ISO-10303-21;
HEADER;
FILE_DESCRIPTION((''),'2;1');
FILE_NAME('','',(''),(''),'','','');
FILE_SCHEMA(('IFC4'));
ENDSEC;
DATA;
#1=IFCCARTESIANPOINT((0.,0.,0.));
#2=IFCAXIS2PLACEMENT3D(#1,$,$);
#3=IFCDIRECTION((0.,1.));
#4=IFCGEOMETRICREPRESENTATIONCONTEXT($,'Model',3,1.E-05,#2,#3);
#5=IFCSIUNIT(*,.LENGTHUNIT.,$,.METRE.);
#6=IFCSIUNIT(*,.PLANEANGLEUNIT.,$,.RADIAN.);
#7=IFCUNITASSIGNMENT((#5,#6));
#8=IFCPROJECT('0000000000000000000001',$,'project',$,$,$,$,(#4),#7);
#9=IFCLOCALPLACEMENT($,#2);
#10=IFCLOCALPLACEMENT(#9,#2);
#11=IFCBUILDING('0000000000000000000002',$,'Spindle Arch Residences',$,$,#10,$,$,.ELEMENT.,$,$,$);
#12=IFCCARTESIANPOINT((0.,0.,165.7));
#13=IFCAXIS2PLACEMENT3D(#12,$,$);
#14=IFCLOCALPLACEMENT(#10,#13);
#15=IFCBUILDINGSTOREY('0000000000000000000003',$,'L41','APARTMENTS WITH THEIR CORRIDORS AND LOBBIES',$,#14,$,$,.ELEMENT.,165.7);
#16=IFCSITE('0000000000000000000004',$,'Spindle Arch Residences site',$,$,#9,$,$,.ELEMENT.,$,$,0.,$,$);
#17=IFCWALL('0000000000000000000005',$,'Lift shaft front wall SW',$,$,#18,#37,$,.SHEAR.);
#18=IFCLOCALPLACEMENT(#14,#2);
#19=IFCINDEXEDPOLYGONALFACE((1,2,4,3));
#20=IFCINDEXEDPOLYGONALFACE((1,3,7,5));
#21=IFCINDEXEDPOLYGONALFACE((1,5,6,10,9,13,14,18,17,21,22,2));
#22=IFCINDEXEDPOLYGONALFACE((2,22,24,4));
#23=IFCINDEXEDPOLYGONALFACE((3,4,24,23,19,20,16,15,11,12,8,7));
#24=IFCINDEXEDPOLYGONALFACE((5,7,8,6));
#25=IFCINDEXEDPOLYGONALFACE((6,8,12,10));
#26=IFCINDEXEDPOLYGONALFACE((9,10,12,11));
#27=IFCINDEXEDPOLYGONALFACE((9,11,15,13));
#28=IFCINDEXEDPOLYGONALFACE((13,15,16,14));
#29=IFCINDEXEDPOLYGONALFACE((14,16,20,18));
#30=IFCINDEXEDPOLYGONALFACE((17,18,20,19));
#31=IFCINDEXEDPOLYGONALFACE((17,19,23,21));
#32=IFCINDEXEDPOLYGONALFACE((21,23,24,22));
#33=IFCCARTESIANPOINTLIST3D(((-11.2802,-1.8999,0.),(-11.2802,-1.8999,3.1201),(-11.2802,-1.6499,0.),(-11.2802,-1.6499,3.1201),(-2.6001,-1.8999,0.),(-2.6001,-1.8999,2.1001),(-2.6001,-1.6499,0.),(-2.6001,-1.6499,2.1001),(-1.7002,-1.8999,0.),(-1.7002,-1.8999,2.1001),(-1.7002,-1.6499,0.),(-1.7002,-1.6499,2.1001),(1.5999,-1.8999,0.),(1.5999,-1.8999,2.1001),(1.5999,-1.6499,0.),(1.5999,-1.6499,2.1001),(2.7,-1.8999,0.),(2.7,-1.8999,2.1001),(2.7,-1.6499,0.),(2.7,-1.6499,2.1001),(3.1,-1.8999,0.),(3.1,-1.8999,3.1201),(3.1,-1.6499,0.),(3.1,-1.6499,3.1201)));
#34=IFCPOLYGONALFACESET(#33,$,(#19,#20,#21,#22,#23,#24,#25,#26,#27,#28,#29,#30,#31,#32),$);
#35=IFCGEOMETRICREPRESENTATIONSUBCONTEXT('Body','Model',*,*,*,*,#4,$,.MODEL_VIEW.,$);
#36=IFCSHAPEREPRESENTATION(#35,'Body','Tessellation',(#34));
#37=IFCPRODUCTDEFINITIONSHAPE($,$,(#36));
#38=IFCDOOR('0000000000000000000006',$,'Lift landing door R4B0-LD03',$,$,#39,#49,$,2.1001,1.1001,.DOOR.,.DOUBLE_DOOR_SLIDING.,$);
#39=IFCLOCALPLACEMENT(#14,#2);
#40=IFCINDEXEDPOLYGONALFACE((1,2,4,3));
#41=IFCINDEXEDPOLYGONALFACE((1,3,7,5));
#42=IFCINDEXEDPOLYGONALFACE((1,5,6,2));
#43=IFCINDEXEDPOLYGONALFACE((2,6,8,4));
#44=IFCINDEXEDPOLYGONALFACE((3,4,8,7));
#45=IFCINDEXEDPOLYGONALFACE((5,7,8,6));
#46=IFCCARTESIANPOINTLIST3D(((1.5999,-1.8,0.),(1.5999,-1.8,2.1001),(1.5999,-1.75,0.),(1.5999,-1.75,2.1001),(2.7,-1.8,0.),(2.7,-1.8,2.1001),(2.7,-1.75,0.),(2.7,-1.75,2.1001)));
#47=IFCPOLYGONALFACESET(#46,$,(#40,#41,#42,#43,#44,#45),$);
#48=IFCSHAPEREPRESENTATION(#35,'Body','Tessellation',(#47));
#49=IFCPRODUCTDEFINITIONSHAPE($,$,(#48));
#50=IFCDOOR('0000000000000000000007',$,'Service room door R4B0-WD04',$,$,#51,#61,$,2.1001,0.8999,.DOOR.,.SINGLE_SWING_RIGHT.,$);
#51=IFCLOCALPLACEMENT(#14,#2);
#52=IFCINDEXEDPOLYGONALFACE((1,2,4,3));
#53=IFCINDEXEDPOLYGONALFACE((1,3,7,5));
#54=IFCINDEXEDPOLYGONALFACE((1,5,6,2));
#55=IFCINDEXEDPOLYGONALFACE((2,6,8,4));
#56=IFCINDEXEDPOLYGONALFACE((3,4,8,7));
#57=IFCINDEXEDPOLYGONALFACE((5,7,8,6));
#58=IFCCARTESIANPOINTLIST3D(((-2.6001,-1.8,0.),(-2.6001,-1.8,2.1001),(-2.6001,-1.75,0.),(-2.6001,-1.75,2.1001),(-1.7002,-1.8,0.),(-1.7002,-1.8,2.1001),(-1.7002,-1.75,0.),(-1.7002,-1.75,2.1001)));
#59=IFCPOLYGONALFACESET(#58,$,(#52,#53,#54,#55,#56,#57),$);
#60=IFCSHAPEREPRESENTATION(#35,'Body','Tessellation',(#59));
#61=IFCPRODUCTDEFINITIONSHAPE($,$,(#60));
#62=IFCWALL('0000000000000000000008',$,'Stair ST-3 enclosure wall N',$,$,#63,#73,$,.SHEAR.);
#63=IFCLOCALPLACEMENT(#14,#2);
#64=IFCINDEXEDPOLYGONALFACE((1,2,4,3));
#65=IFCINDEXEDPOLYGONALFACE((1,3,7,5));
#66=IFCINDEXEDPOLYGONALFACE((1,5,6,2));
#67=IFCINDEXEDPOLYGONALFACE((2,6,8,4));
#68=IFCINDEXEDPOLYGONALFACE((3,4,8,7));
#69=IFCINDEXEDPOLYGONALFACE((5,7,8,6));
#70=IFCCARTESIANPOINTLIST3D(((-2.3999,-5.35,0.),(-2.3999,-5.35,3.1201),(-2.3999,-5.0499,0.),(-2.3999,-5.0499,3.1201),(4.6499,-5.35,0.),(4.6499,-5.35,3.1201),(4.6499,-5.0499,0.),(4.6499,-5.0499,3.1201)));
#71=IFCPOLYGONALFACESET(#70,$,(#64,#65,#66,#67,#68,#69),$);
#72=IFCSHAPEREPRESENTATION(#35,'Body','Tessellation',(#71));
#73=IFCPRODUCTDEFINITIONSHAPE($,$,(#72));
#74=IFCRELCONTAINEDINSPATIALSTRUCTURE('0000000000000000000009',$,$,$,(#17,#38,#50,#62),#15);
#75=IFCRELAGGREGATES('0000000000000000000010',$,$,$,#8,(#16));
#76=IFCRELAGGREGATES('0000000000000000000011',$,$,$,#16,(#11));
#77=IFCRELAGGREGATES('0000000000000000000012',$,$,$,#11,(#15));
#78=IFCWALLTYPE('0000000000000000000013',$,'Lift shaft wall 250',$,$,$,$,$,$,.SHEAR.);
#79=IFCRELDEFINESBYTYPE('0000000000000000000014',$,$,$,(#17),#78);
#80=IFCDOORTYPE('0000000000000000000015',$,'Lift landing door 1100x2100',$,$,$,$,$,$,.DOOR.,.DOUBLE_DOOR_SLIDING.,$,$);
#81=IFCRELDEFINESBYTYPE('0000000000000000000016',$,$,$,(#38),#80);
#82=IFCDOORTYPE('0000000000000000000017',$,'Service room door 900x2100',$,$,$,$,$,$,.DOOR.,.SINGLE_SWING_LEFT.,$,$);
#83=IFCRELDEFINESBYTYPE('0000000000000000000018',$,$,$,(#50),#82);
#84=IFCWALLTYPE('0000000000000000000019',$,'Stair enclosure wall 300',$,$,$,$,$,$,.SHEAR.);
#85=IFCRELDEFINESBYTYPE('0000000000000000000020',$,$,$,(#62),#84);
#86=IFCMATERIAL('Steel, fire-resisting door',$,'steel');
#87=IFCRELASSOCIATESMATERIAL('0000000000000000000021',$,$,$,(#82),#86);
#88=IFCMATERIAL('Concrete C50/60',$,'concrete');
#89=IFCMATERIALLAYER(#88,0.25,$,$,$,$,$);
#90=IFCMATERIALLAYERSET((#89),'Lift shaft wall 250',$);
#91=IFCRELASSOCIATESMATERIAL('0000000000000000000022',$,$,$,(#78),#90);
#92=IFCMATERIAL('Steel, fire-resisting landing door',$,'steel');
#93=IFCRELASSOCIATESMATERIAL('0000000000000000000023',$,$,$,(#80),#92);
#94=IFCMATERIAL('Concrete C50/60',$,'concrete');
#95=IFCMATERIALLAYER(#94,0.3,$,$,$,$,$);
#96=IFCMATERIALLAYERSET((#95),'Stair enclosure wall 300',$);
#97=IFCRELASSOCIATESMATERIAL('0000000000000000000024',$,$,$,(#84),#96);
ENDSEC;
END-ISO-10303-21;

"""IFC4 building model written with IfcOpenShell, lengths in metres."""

from ifc_helpers import new_model, si_unit, direction, frame, frame_2d, origin, place, context, subcontext, project, spatial, rectangle, extrude, material, layer, layer_set, type_object, element, fill, save


model = new_model("IFC4")

# Units and contexts
model_context = context("Model", 3, precision=1e-05, world=origin(), true_north=direction((0.0, 1.0)))
body_context = subcontext(model_context, "Body", "Model", "MODEL_VIEW")
ifc_project = project(units=[si_unit("LENGTHUNIT", "METRE"), si_unit("PLANEANGLEUNIT", "RADIAN")], contexts=[model_context])

# Site, building, storey
site_placement = place(None, origin())
site = spatial("IfcSite", under=ifc_project, at=site_placement, Name="Spindle Arch Residences site", CompositionType="ELEMENT", RefElevation=0.0)
building_placement = place(site_placement, origin())
building = spatial("IfcBuilding", under=site, at=building_placement, Name="Spindle Arch Residences", CompositionType="ELEMENT")
storey_placement = place(building_placement, frame((0.0, 0.0, 165.7)))
storey = spatial("IfcBuildingStorey", under=building, at=storey_placement, Name="L41", Description="APARTMENTS WITH THEIR CORRIDORS AND LOBBIES", CompositionType="ELEMENT", Elevation=165.7)

# Shared definitions
ifc_material_1 = material(Name="Steel, fire-resisting door", Category="steel")
door_type_1 = type_object("IfcDoorType", Name="Service room door 900x2100", OperationType="SINGLE_SWING_LEFT", PredefinedType="DOOR", material=ifc_material_1)

# Wall, openings, doors
ifc_material_2 = material(Name="Concrete C50/60", Category="concrete")
ifc_layer_1 = layer(ifc_material_2, 0.25)
ifc_layer_set_1 = layer_set([ifc_layer_1], Name="Lift shaft wall 250")
wall_type_1 = type_object("IfcWallType", Name="Lift shaft wall 250", PredefinedType="SHEAR", material=ifc_layer_set_1)
wall_1_placement = place(storey_placement, frame((-11.28, -1.7749, 0.0), z_axis=(0.0, 0.0, 1.0), x_axis=(1.0, 0.0, 0.0)))
wall_1 = element("IfcWall", 1, at=wall_1_placement, inside=storey, type_object=wall_type_1, Name="Lift shaft front wall SW", PredefinedType="SHEAR", context=body_context, shape_type="SweptSolid", body=[
    extrude(rectangle(XDim=14.3801, YDim=0.25, at=frame_2d((7.1899, 0.0))), origin(), (0.0, 0.0, 1.0), 3.1201),
])
opening_1_placement = place(wall_1_placement, frame((12.8799, 0.0, 0.0)))
opening_1 = element("IfcOpeningElement", 2, at=opening_1_placement, cuts=wall_1, PredefinedType="OPENING", context=body_context, shape_type="SweptSolid", body=[
    extrude(rectangle(XDim=1.1001, YDim=2.1001, at=frame_2d((0.55, 1.05))), frame((0.0, 0.135, 0.0), z_axis=(0.0, -1.0, 0.0), x_axis=(1.0, 0.0, 0.0)), (0.0, 0.0, 1.0), 0.27),
])
opening_2_placement = place(wall_1_placement, frame((8.6799, 0.0, 0.0)))
opening_2 = element("IfcOpeningElement", 3, at=opening_2_placement, cuts=wall_1, PredefinedType="OPENING", context=body_context, shape_type="SweptSolid", body=[
    extrude(rectangle(XDim=0.8999, YDim=2.1001, at=frame_2d((0.45, 1.05))), frame((0.0, 0.135, 0.0), z_axis=(0.0, -1.0, 0.0), x_axis=(1.0, 0.0, 0.0)), (0.0, 0.0, 1.0), 0.27),
])
ifc_material_3 = material(Name="Steel, fire-resisting landing door", Category="steel")
door_type_2 = type_object("IfcDoorType", Name="Lift landing door 1100x2100", OperationType="DOUBLE_DOOR_SLIDING", PredefinedType="DOOR", material=ifc_material_3)
door_1_placement = place(opening_1_placement, origin())
door_1 = element("IfcDoor", 4, at=door_1_placement, inside=storey, type_object=door_type_2, Name="Lift landing door R4B0-LD03", OperationType="DOUBLE_DOOR_SLIDING", OverallHeight=2.1001, OverallWidth=1.1001, PredefinedType="DOOR", context=body_context, shape_type="SweptSolid", body=[
    extrude(rectangle(XDim=1.1001, YDim=2.1001, at=frame_2d((0.55, 1.05))), frame((0.0, 0.0249, 0.0), z_axis=(0.0, -1.0, 0.0), x_axis=(1.0, 0.0, 0.0)), (0.0, 0.0, 1.0), 0.05),
])
fill(opening_1, door_1)
door_2_placement = place(opening_2_placement, origin())
door_2 = element("IfcDoor", 5, at=door_2_placement, inside=storey, type_object=door_type_1, Name="Service room door R4B0-WD04", OperationType="SINGLE_SWING_RIGHT", OverallHeight=2.1001, OverallWidth=0.8999, PredefinedType="DOOR", context=body_context, shape_type="SweptSolid", body=[
    extrude(rectangle(XDim=0.8999, YDim=2.1001, at=frame_2d((0.45, 1.05))), frame((0.0, 0.0249, 0.0), z_axis=(0.0, -1.0, 0.0), x_axis=(1.0, 0.0, 0.0)), (0.0, 0.0, 1.0), 0.05),
])
fill(opening_2, door_2)

# Wall
ifc_material_4 = material(Name="Concrete C50/60", Category="concrete")
ifc_layer_2 = layer(ifc_material_4, 0.3)
ifc_layer_set_2 = layer_set([ifc_layer_2], Name="Stair enclosure wall 300")
wall_type_2 = type_object("IfcWallType", Name="Stair enclosure wall 300", PredefinedType="SHEAR", material=ifc_layer_set_2)
wall_2_placement = place(storey_placement, frame((-2.3999, -5.2, 0.0), z_axis=(0.0, 0.0, 1.0), x_axis=(1.0, 0.0, 0.0)))
element("IfcWall", 6, at=wall_2_placement, inside=storey, type_object=wall_type_2, Name="Stair ST-3 enclosure wall N", PredefinedType="SHEAR", context=body_context, shape_type="SweptSolid", body=[
    extrude(rectangle(XDim=7.0498, YDim=0.3, at=frame_2d((3.5249, 0.0))), origin(), (0.0, 0.0, 1.0), 3.1201),
])

save(model, "model.ifc")
